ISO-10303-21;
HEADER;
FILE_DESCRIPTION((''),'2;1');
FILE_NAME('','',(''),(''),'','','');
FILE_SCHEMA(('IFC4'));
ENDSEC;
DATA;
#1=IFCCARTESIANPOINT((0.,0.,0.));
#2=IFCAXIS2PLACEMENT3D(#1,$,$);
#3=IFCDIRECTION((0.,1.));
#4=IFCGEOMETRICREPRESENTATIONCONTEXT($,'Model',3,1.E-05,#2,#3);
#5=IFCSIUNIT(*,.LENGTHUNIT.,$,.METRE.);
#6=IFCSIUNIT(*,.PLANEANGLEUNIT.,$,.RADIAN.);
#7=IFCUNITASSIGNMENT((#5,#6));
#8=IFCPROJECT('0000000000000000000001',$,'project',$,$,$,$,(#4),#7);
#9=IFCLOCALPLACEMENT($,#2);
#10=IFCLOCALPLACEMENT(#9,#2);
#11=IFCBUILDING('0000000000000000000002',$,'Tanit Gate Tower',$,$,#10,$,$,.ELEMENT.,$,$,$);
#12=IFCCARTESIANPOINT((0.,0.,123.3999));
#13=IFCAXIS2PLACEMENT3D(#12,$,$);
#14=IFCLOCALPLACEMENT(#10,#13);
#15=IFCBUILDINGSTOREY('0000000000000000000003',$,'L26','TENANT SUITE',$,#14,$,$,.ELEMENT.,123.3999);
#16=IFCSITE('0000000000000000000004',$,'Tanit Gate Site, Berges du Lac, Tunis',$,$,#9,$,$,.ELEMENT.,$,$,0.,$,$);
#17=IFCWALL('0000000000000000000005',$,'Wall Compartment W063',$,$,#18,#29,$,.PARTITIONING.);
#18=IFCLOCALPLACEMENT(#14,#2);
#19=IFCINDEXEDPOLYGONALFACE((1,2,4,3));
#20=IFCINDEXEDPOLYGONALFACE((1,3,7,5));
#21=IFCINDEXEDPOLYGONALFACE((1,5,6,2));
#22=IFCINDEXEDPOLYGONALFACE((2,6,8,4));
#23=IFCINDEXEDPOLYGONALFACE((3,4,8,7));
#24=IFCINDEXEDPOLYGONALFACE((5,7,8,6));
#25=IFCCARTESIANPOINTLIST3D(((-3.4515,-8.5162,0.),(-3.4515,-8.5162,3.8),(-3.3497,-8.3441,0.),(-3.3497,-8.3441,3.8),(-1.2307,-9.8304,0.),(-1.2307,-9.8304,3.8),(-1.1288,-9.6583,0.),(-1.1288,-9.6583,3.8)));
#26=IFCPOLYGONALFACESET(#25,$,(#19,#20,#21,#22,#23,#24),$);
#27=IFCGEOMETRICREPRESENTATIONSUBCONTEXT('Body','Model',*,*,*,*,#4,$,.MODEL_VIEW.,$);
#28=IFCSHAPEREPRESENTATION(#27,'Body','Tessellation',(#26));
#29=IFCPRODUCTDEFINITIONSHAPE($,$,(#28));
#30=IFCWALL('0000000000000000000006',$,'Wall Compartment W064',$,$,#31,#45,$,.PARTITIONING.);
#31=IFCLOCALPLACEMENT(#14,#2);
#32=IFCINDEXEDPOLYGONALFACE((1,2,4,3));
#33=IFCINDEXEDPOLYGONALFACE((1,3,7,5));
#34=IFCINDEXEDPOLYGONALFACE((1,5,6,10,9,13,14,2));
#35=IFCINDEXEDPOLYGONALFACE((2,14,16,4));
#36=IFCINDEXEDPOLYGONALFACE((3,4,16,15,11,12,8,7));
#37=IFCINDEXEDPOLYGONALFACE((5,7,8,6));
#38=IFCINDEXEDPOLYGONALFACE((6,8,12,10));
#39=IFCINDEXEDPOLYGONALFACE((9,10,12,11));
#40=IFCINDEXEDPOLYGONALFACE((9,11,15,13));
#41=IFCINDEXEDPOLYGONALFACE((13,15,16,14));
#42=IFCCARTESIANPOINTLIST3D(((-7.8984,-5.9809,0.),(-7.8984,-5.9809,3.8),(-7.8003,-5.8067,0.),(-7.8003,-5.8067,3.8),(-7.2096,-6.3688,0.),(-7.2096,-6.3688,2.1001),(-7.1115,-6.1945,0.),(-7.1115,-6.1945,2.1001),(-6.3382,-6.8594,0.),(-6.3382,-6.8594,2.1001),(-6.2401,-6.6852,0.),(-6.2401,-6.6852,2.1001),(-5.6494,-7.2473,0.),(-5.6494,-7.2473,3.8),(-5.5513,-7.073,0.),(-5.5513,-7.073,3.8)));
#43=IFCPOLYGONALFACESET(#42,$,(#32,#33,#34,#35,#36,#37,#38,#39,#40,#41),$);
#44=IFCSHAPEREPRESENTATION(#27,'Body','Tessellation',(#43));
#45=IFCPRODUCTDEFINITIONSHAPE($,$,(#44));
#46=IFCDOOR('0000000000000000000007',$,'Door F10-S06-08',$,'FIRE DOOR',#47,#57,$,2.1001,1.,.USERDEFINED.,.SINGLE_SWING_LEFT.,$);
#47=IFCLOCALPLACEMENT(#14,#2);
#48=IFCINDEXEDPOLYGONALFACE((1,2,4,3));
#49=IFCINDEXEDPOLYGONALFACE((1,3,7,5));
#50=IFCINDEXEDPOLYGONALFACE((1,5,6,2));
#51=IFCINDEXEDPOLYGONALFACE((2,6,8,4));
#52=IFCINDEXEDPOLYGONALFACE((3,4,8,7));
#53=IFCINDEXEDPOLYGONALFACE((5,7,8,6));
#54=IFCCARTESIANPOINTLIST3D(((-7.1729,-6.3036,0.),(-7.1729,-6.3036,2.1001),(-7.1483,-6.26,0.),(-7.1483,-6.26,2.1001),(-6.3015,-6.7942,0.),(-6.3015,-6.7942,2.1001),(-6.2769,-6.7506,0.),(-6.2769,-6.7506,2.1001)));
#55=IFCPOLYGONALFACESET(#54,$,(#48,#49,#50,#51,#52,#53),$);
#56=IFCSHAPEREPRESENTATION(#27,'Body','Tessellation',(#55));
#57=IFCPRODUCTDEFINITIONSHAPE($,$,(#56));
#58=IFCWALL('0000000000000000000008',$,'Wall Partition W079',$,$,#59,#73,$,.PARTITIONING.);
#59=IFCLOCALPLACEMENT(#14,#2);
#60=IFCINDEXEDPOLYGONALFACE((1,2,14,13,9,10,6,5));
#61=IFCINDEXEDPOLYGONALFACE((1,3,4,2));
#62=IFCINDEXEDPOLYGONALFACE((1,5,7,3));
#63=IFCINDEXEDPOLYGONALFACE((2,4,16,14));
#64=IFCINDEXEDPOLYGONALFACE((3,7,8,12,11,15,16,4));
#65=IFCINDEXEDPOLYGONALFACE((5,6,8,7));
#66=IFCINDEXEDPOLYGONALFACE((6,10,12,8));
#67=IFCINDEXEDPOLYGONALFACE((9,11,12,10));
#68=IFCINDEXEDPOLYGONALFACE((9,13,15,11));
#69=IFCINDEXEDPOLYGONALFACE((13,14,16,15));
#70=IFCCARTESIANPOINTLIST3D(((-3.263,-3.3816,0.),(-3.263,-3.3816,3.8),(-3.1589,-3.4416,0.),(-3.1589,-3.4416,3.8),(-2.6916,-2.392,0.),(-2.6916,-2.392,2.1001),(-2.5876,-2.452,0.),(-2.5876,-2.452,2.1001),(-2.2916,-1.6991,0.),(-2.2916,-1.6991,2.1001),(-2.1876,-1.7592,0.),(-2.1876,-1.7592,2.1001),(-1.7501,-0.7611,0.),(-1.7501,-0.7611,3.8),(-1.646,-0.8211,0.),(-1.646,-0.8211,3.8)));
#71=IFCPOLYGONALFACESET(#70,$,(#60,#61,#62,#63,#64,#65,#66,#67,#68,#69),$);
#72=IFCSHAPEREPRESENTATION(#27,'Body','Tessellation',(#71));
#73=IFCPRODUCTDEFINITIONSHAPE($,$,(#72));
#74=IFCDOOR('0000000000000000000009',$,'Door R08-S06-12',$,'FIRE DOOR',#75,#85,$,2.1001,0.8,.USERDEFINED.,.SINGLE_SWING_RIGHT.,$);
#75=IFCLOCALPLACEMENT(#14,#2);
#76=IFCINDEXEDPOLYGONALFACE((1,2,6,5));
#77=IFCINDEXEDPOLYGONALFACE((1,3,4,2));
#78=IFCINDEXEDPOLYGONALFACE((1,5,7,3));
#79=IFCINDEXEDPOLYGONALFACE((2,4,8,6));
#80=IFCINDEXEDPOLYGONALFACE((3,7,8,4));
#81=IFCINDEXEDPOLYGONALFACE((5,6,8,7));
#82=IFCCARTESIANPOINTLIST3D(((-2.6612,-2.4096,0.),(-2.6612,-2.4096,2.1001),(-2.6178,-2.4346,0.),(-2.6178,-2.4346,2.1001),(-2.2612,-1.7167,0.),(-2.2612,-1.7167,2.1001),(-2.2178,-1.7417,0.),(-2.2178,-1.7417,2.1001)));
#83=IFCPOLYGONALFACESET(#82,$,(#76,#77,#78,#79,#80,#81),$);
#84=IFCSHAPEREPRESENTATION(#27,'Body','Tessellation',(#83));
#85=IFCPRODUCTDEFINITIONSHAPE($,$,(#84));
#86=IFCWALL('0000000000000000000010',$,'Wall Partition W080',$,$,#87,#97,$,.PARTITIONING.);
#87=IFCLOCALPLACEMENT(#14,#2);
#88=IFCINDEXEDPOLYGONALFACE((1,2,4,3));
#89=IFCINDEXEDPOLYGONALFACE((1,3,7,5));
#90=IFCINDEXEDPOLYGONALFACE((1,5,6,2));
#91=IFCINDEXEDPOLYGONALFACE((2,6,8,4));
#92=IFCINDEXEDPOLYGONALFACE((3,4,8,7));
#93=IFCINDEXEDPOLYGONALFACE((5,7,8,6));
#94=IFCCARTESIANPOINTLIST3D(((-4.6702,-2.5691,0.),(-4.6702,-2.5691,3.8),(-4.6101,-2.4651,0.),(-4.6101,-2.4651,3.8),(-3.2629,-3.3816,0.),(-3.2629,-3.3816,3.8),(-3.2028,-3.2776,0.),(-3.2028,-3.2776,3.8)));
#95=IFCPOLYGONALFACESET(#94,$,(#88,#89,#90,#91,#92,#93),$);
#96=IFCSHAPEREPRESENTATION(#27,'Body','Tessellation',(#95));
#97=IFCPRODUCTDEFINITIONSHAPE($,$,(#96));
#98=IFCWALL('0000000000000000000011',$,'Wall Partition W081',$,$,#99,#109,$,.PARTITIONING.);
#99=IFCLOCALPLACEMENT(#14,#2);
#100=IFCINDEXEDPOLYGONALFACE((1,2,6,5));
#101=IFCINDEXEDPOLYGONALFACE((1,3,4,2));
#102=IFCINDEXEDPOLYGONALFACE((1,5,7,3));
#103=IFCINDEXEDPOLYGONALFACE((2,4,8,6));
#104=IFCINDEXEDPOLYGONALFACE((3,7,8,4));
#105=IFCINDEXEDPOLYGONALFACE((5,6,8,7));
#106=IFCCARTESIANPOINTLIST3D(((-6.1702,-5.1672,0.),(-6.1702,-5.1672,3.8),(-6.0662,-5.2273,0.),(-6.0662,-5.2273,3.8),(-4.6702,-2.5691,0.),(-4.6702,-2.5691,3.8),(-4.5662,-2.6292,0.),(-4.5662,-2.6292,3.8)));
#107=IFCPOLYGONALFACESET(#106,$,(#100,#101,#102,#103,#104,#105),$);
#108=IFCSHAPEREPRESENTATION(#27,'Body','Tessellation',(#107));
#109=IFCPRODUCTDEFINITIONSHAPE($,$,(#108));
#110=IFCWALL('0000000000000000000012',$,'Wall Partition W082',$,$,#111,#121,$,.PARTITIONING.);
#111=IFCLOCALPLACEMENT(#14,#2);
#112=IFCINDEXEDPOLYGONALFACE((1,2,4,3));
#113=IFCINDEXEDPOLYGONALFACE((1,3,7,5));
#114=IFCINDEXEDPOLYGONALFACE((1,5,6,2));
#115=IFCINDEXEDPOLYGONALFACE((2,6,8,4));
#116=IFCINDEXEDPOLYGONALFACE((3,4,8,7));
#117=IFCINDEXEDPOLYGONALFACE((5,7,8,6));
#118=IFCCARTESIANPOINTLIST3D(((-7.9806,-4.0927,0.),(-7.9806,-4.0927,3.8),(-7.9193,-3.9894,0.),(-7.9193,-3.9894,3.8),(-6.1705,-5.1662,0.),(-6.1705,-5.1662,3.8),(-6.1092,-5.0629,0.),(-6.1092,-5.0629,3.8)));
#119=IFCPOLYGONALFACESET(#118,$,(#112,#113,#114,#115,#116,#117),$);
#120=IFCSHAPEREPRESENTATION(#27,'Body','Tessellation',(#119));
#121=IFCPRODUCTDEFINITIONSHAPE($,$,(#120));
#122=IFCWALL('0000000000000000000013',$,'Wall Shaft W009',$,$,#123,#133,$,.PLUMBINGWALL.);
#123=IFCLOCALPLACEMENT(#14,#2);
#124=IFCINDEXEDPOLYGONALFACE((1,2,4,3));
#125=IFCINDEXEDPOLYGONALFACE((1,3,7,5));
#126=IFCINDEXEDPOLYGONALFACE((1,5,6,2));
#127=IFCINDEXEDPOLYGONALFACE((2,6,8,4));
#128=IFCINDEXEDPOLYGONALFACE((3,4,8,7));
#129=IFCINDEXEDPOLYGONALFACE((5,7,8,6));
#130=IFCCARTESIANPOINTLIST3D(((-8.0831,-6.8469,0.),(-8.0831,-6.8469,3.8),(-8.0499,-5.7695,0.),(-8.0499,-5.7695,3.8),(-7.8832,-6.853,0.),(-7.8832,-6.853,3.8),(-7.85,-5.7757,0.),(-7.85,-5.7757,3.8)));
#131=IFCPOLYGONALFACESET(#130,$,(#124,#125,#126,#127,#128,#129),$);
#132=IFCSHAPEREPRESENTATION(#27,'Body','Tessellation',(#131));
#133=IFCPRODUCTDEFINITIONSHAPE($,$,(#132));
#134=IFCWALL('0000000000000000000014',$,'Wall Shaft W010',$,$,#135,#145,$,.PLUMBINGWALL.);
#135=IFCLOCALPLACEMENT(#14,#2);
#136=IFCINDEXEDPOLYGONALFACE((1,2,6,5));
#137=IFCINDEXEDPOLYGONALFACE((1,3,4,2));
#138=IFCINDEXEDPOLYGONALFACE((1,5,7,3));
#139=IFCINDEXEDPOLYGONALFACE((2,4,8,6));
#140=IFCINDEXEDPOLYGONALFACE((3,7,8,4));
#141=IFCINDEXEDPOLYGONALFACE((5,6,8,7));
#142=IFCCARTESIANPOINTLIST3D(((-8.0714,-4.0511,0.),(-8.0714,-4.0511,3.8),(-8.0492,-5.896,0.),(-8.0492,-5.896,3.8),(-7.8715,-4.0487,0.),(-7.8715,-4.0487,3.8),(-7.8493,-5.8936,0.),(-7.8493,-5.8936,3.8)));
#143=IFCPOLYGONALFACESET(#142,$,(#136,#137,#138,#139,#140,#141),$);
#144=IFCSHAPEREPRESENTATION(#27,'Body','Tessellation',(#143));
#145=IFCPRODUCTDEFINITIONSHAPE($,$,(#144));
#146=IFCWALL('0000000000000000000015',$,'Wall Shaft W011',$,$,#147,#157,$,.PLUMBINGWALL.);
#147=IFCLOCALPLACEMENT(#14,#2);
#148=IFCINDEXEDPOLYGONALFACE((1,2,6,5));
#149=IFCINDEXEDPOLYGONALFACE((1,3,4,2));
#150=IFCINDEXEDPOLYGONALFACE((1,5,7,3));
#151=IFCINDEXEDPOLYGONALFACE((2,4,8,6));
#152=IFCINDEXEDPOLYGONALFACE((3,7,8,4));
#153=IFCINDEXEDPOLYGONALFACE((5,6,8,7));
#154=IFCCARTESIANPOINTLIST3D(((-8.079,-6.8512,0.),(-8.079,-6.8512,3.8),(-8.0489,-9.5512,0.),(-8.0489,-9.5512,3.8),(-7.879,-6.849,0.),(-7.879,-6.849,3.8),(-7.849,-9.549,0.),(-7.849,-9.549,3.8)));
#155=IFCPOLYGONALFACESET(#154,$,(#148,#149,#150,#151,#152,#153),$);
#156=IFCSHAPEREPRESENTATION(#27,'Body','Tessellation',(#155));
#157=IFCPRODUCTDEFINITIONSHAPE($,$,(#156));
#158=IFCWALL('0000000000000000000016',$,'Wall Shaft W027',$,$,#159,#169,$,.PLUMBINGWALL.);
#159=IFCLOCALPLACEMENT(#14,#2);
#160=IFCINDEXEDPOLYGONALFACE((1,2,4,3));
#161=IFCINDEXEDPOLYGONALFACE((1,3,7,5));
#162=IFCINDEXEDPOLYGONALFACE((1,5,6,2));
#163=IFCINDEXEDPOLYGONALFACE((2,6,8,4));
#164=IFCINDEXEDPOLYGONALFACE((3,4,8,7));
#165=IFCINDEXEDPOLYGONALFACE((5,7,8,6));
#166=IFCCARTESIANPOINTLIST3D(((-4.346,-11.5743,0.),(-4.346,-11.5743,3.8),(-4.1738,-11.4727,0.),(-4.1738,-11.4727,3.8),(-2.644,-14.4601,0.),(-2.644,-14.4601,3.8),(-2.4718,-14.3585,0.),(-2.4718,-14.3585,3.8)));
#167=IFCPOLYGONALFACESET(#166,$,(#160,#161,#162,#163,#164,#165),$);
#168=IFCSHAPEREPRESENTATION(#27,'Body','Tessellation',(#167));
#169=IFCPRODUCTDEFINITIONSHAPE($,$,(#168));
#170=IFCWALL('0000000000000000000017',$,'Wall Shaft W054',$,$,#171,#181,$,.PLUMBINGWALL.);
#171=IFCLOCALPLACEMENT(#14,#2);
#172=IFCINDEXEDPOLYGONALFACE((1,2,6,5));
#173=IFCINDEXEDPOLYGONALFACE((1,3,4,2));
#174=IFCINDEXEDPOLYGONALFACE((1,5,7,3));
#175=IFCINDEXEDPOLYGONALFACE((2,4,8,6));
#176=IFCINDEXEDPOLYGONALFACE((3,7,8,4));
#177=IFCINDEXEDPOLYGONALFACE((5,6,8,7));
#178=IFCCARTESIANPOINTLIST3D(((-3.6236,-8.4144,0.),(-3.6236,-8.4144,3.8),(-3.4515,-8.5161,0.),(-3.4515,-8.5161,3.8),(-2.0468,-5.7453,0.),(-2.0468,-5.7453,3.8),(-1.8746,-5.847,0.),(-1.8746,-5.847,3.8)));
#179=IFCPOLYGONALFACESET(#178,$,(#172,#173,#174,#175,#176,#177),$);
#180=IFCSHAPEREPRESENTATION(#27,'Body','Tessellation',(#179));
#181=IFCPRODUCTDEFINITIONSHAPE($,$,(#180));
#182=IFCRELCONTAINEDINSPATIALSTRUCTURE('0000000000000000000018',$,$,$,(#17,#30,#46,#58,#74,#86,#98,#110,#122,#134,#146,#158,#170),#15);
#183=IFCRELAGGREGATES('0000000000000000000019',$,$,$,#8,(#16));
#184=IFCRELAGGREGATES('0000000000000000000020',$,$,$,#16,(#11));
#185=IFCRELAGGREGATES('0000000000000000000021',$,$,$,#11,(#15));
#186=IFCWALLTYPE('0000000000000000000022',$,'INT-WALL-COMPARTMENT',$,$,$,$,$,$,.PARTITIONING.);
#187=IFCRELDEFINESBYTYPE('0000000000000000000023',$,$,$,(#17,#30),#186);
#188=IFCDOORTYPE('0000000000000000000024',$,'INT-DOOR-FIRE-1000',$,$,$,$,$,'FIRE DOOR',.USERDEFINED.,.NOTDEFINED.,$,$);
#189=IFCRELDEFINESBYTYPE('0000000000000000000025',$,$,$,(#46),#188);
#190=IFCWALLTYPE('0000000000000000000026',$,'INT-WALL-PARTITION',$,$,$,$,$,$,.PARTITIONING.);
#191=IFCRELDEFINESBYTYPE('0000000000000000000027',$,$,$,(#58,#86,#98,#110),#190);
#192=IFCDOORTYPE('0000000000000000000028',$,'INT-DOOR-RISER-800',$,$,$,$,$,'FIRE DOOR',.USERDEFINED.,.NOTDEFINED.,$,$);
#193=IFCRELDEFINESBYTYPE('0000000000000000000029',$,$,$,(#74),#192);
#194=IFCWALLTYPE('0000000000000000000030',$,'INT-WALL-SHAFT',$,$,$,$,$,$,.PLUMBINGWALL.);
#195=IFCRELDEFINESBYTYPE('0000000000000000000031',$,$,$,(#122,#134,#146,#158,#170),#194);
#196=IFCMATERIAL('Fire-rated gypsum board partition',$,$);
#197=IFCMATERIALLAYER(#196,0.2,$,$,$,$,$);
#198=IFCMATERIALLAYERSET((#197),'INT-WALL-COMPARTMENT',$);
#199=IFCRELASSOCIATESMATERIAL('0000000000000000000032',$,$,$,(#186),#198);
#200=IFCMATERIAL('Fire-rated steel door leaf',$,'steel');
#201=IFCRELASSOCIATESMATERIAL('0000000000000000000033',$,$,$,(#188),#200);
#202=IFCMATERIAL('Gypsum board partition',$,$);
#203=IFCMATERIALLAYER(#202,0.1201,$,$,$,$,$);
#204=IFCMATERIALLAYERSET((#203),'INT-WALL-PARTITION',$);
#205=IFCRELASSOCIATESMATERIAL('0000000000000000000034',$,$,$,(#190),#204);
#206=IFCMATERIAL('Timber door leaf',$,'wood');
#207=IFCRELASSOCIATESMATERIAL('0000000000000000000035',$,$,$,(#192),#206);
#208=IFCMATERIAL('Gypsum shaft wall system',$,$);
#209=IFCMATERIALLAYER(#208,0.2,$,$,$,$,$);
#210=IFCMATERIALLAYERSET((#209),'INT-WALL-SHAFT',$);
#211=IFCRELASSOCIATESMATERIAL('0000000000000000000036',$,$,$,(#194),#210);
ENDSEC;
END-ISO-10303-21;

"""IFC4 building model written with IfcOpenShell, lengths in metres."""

from ifc_helpers import new_model, si_unit, direction, frame, frame_2d, origin, place, context, subcontext, project, spatial, rectangle, extrude, material, layer, layer_set, type_object, element, fill, save


model = new_model("IFC4")

# Units and contexts
model_context = context("Model", 3, precision=1e-05, world=origin(), true_north=direction((0.0, 1.0)))
body_context = subcontext(model_context, "Body", "Model", "MODEL_VIEW")
ifc_project = project(units=[si_unit("LENGTHUNIT", "METRE"), si_unit("PLANEANGLEUNIT", "RADIAN")], contexts=[model_context])

# Site, building, storey
site_placement = place(None, origin())
site = spatial("IfcSite", under=ifc_project, at=site_placement, Name="Tanit Gate Site, Berges du Lac, Tunis", CompositionType="ELEMENT", RefElevation=0.0)
building_placement = place(site_placement, origin())
building = spatial("IfcBuilding", under=site, at=building_placement, Name="Tanit Gate Tower", CompositionType="ELEMENT")
storey_placement = place(building_placement, frame((0.0, 0.0, 123.3999)))
storey = spatial("IfcBuildingStorey", under=building, at=storey_placement, Name="L26", Description="TENANT SUITE", CompositionType="ELEMENT", Elevation=123.3999)

# Wall
ifc_material_1 = material(Name="Fire-rated gypsum board partition")
ifc_layer_1 = layer(ifc_material_1, 0.2)
ifc_layer_set_1 = layer_set([ifc_layer_1], Name="INT-WALL-COMPARTMENT")
wall_type_1 = type_object("IfcWallType", Name="INT-WALL-COMPARTMENT", PredefinedType="PARTITIONING", material=ifc_layer_set_1)
wall_1_placement = place(storey_placement, frame((-3.4006, -8.4302, 0.0), z_axis=(0.0, 0.0, 1.0), x_axis=(0.860616, -0.509255, 0.0)))
element("IfcWall", 1, at=wall_1_placement, inside=storey, type_object=wall_type_1, Name="Wall Compartment W063", PredefinedType="PARTITIONING", context=body_context, shape_type="SweptSolid", body=[
    extrude(rectangle(XDim=2.5806, YDim=0.2, at=frame_2d((1.2903, 0.0))), origin(), (0.0, 0.0, 1.0), 3.8),
])

# Walls, openings, doors
wall_2_placement = place(storey_placement, frame((-7.8494, -5.8938, 0.0), z_axis=(0.0, 0.0, 1.0), x_axis=(0.871363, -0.490638, 0.0)))
wall_2 = element("IfcWall", 2, at=wall_2_placement, inside=storey, type_object=wall_type_1, Name="Wall Compartment W064", PredefinedType="PARTITIONING", context=body_context, shape_type="SweptSolid", body=[
    extrude(rectangle(XDim=2.5811, YDim=0.2, at=frame_2d((1.2905, 0.0))), origin(), (0.0, 0.0, 1.0), 3.8),
])
opening_1_placement = place(wall_2_placement, frame((0.7905, 0.0, 0.0)))
opening_1 = element("IfcOpeningElement", 3, at=opening_1_placement, cuts=wall_2, PredefinedType="OPENING", context=body_context, shape_type="SweptSolid", body=[
    extrude(rectangle(XDim=1.0, YDim=2.1001, at=frame_2d((0.5, 1.05))), frame((0.0, 0.1099, 0.0), z_axis=(0.0, -1.0, 0.0), x_axis=(1.0, 0.0, 0.0)), (0.0, 0.0, 1.0), 0.22),
])
ifc_material_2 = material(Name="Fire-rated steel door leaf", Category="steel")
door_type_1 = type_object("IfcDoorType", Name="INT-DOOR-FIRE-1000", ElementType="FIRE DOOR", OperationType="NOTDEFINED", PredefinedType="USERDEFINED", material=ifc_material_2)
door_1_placement = place(opening_1_placement, origin())
door_1 = element("IfcDoor", 4, at=door_1_placement, inside=storey, type_object=door_type_1, Name="Door F10-S06-08", ObjectType="FIRE DOOR", OperationType="SINGLE_SWING_LEFT", OverallHeight=2.1001, OverallWidth=1.0, PredefinedType="USERDEFINED", context=body_context, shape_type="SweptSolid", body=[
    extrude(rectangle(XDim=1.0, YDim=2.1001, at=frame_2d((0.5, 1.05))), frame((0.0, 0.0249, 0.0), z_axis=(0.0, -1.0, 0.0), x_axis=(1.0, 0.0, 0.0)), (0.0, 0.0, 1.0), 0.05),
])
fill(opening_1, door_1)
ifc_material_3 = material(Name="Gypsum board partition")
ifc_layer_2 = layer(ifc_material_3, 0.1201)
ifc_layer_set_2 = layer_set([ifc_layer_2], Name="INT-WALL-PARTITION")
wall_type_2 = type_object("IfcWallType", Name="INT-WALL-PARTITION", PredefinedType="PARTITIONING", material=ifc_layer_set_2)
wall_3_placement = place(storey_placement, frame((-3.2109, -3.4116, 0.0), z_axis=(0.0, 0.0, 1.0), x_axis=(0.499983, 0.866035, 0.0)))
wall_3 = element("IfcWall", 5, at=wall_3_placement, inside=storey, type_object=wall_type_2, Name="Wall Partition W079", PredefinedType="PARTITIONING", context=body_context, shape_type="SweptSolid", body=[
    extrude(rectangle(XDim=3.0259, YDim=0.1201, at=frame_2d((1.5129, 0.0))), origin(), (0.0, 0.0, 1.0), 3.8),
])
opening_2_placement = place(wall_3_placement, frame((1.1428, 0.0, 0.0)))
opening_2 = element("IfcOpeningElement", 6, at=opening_2_placement, cuts=wall_3, PredefinedType="OPENING", context=body_context, shape_type="SweptSolid", body=[
    extrude(rectangle(XDim=0.8, YDim=2.1001, at=frame_2d((0.3999, 1.05))), frame((0.0, 0.0701, 0.0), z_axis=(0.0, -1.0, 0.0), x_axis=(1.0, 0.0, 0.0)), (0.0, 0.0, 1.0), 0.1401),
])
ifc_material_4 = material(Name="Timber door leaf", Category="wood")
door_type_2 = type_object("IfcDoorType", Name="INT-DOOR-RISER-800", ElementType="FIRE DOOR", OperationType="NOTDEFINED", PredefinedType="USERDEFINED", material=ifc_material_4)
door_2_placement = place(opening_2_placement, origin())
door_2 = element("IfcDoor", 7, at=door_2_placement, inside=storey, type_object=door_type_2, Name="Door R08-S06-12", ObjectType="FIRE DOOR", OperationType="SINGLE_SWING_RIGHT", OverallHeight=2.1001, OverallWidth=0.8, PredefinedType="USERDEFINED", context=body_context, shape_type="SweptSolid", body=[
    extrude(rectangle(XDim=0.8, YDim=2.1001, at=frame_2d((0.3999, 1.05))), frame((0.0, 0.0249, 0.0), z_axis=(0.0, -1.0, 0.0), x_axis=(1.0, 0.0, 0.0)), (0.0, 0.0, 1.0), 0.05),
])
fill(opening_2, door_2)

# Walls
wall_4_placement = place(storey_placement, frame((-4.6401, -2.5171, 0.0), z_axis=(0.0, 0.0, 1.0), x_axis=(0.866015, -0.500017, 0.0)))
element("IfcWall", 8, at=wall_4_placement, inside=storey, type_object=wall_type_2, Name="Wall Partition W080", PredefinedType="PARTITIONING", context=body_context, shape_type="SweptSolid", body=[
    extrude(rectangle(XDim=1.625, YDim=0.1201, at=frame_2d((0.8125, 0.0))), origin(), (0.0, 0.0, 1.0), 3.8),
])
wall_5_placement = place(storey_placement, frame((-6.1182, -5.1973, 0.0), z_axis=(0.0, 0.0, 1.0), x_axis=(0.49999, 0.866031, 0.0)))
element("IfcWall", 9, at=wall_5_placement, inside=storey, type_object=wall_type_2, Name="Wall Partition W081", PredefinedType="PARTITIONING", context=body_context, shape_type="SweptSolid", body=[
    extrude(rectangle(XDim=3.0, YDim=0.1201, at=frame_2d((1.5, 0.0))), origin(), (0.0, 0.0, 1.0), 3.8),
])
wall_6_placement = place(storey_placement, frame((-7.95, -4.041, 0.0), z_axis=(0.0, 0.0, 1.0), x_axis=(0.860112, -0.510104, 0.0)))
element("IfcWall", 10, at=wall_6_placement, inside=storey, type_object=wall_type_2, Name="Wall Partition W082", PredefinedType="PARTITIONING", context=body_context, shape_type="SweptSolid", body=[
    extrude(rectangle(XDim=2.1045, YDim=0.1201, at=frame_2d((1.0522, 0.0))), origin(), (0.0, 0.0, 1.0), 3.8),
])
ifc_material_5 = material(Name="Gypsum shaft wall system")
ifc_layer_3 = layer(ifc_material_5, 0.2)
ifc_layer_set_3 = layer_set([ifc_layer_3], Name="INT-WALL-SHAFT")
wall_type_3 = type_object("IfcWallType", Name="INT-WALL-SHAFT", PredefinedType="PLUMBINGWALL", material=ifc_layer_set_3)
wall_7_placement = place(storey_placement, frame((-7.95, -5.7725, 0.0), z_axis=(0.0, 0.0, 1.0), x_axis=(-0.030803, -0.999525, 0.0)))
element("IfcWall", 11, at=wall_7_placement, inside=storey, type_object=wall_type_3, Name="Wall Shaft W009", PredefinedType="PLUMBINGWALL", context=body_context, shape_type="SweptSolid", body=[
    extrude(rectangle(XDim=1.0779, YDim=0.2, at=frame_2d((0.5391, 0.0))), origin(), (0.0, 0.0, 1.0), 3.8),
])
wall_8_placement = place(storey_placement, frame((-7.9714, -4.05, 0.0), z_axis=(0.0, 0.0, 1.0), x_axis=(0.012043, -0.999927, 0.0)))
element("IfcWall", 12, at=wall_8_placement, inside=storey, type_object=wall_type_3, Name="Wall Shaft W010", PredefinedType="PLUMBINGWALL", context=body_context, shape_type="SweptSolid", body=[
    extrude(rectangle(XDim=1.845, YDim=0.2, at=frame_2d((0.9224, 0.0))), origin(), (0.0, 0.0, 1.0), 3.8),
])
wall_9_placement = place(storey_placement, frame((-7.979, -6.8501, 0.0), z_axis=(0.0, 0.0, 1.0), x_axis=(0.011121, -0.999938, 0.0)))
element("IfcWall", 13, at=wall_9_placement, inside=storey, type_object=wall_type_3, Name="Wall Shaft W011", PredefinedType="PLUMBINGWALL", context=body_context, shape_type="SweptSolid", body=[
    extrude(rectangle(XDim=2.7002, YDim=0.2, at=frame_2d((1.3501, 0.0))), origin(), (0.0, 0.0, 1.0), 3.8),
])
wall_10_placement = place(storey_placement, frame((-2.5579, -14.4094, 0.0), z_axis=(0.0, 0.0, 1.0), x_axis=(-0.507997, 0.861359, 0.0)))
element("IfcWall", 14, at=wall_10_placement, inside=storey, type_object=wall_type_3, Name="Wall Shaft W027", PredefinedType="PLUMBINGWALL", context=body_context, shape_type="SweptSolid", body=[
    extrude(rectangle(XDim=3.3503, YDim=0.2, at=frame_2d((1.6753, 0.0))), origin(), (0.0, 0.0, 1.0), 3.8),
])

# Wall
wall_11_placement = place(storey_placement, frame((-1.9607, -5.7961, 0.0), z_axis=(0.0, 0.0, 1.0), x_axis=(-0.508647, -0.860975, 0.0)))
element("IfcWall", 15, at=wall_11_placement, inside=storey, type_object=wall_type_3, Name="Wall Shaft W054", PredefinedType="PLUMBINGWALL", context=body_context, shape_type="SweptSolid", body=[
    extrude(rectangle(XDim=3.1001, YDim=0.2, at=frame_2d((1.55, 0.0))), origin(), (0.0, 0.0, 1.0), 3.8),
])

save(model, "model.ifc")
